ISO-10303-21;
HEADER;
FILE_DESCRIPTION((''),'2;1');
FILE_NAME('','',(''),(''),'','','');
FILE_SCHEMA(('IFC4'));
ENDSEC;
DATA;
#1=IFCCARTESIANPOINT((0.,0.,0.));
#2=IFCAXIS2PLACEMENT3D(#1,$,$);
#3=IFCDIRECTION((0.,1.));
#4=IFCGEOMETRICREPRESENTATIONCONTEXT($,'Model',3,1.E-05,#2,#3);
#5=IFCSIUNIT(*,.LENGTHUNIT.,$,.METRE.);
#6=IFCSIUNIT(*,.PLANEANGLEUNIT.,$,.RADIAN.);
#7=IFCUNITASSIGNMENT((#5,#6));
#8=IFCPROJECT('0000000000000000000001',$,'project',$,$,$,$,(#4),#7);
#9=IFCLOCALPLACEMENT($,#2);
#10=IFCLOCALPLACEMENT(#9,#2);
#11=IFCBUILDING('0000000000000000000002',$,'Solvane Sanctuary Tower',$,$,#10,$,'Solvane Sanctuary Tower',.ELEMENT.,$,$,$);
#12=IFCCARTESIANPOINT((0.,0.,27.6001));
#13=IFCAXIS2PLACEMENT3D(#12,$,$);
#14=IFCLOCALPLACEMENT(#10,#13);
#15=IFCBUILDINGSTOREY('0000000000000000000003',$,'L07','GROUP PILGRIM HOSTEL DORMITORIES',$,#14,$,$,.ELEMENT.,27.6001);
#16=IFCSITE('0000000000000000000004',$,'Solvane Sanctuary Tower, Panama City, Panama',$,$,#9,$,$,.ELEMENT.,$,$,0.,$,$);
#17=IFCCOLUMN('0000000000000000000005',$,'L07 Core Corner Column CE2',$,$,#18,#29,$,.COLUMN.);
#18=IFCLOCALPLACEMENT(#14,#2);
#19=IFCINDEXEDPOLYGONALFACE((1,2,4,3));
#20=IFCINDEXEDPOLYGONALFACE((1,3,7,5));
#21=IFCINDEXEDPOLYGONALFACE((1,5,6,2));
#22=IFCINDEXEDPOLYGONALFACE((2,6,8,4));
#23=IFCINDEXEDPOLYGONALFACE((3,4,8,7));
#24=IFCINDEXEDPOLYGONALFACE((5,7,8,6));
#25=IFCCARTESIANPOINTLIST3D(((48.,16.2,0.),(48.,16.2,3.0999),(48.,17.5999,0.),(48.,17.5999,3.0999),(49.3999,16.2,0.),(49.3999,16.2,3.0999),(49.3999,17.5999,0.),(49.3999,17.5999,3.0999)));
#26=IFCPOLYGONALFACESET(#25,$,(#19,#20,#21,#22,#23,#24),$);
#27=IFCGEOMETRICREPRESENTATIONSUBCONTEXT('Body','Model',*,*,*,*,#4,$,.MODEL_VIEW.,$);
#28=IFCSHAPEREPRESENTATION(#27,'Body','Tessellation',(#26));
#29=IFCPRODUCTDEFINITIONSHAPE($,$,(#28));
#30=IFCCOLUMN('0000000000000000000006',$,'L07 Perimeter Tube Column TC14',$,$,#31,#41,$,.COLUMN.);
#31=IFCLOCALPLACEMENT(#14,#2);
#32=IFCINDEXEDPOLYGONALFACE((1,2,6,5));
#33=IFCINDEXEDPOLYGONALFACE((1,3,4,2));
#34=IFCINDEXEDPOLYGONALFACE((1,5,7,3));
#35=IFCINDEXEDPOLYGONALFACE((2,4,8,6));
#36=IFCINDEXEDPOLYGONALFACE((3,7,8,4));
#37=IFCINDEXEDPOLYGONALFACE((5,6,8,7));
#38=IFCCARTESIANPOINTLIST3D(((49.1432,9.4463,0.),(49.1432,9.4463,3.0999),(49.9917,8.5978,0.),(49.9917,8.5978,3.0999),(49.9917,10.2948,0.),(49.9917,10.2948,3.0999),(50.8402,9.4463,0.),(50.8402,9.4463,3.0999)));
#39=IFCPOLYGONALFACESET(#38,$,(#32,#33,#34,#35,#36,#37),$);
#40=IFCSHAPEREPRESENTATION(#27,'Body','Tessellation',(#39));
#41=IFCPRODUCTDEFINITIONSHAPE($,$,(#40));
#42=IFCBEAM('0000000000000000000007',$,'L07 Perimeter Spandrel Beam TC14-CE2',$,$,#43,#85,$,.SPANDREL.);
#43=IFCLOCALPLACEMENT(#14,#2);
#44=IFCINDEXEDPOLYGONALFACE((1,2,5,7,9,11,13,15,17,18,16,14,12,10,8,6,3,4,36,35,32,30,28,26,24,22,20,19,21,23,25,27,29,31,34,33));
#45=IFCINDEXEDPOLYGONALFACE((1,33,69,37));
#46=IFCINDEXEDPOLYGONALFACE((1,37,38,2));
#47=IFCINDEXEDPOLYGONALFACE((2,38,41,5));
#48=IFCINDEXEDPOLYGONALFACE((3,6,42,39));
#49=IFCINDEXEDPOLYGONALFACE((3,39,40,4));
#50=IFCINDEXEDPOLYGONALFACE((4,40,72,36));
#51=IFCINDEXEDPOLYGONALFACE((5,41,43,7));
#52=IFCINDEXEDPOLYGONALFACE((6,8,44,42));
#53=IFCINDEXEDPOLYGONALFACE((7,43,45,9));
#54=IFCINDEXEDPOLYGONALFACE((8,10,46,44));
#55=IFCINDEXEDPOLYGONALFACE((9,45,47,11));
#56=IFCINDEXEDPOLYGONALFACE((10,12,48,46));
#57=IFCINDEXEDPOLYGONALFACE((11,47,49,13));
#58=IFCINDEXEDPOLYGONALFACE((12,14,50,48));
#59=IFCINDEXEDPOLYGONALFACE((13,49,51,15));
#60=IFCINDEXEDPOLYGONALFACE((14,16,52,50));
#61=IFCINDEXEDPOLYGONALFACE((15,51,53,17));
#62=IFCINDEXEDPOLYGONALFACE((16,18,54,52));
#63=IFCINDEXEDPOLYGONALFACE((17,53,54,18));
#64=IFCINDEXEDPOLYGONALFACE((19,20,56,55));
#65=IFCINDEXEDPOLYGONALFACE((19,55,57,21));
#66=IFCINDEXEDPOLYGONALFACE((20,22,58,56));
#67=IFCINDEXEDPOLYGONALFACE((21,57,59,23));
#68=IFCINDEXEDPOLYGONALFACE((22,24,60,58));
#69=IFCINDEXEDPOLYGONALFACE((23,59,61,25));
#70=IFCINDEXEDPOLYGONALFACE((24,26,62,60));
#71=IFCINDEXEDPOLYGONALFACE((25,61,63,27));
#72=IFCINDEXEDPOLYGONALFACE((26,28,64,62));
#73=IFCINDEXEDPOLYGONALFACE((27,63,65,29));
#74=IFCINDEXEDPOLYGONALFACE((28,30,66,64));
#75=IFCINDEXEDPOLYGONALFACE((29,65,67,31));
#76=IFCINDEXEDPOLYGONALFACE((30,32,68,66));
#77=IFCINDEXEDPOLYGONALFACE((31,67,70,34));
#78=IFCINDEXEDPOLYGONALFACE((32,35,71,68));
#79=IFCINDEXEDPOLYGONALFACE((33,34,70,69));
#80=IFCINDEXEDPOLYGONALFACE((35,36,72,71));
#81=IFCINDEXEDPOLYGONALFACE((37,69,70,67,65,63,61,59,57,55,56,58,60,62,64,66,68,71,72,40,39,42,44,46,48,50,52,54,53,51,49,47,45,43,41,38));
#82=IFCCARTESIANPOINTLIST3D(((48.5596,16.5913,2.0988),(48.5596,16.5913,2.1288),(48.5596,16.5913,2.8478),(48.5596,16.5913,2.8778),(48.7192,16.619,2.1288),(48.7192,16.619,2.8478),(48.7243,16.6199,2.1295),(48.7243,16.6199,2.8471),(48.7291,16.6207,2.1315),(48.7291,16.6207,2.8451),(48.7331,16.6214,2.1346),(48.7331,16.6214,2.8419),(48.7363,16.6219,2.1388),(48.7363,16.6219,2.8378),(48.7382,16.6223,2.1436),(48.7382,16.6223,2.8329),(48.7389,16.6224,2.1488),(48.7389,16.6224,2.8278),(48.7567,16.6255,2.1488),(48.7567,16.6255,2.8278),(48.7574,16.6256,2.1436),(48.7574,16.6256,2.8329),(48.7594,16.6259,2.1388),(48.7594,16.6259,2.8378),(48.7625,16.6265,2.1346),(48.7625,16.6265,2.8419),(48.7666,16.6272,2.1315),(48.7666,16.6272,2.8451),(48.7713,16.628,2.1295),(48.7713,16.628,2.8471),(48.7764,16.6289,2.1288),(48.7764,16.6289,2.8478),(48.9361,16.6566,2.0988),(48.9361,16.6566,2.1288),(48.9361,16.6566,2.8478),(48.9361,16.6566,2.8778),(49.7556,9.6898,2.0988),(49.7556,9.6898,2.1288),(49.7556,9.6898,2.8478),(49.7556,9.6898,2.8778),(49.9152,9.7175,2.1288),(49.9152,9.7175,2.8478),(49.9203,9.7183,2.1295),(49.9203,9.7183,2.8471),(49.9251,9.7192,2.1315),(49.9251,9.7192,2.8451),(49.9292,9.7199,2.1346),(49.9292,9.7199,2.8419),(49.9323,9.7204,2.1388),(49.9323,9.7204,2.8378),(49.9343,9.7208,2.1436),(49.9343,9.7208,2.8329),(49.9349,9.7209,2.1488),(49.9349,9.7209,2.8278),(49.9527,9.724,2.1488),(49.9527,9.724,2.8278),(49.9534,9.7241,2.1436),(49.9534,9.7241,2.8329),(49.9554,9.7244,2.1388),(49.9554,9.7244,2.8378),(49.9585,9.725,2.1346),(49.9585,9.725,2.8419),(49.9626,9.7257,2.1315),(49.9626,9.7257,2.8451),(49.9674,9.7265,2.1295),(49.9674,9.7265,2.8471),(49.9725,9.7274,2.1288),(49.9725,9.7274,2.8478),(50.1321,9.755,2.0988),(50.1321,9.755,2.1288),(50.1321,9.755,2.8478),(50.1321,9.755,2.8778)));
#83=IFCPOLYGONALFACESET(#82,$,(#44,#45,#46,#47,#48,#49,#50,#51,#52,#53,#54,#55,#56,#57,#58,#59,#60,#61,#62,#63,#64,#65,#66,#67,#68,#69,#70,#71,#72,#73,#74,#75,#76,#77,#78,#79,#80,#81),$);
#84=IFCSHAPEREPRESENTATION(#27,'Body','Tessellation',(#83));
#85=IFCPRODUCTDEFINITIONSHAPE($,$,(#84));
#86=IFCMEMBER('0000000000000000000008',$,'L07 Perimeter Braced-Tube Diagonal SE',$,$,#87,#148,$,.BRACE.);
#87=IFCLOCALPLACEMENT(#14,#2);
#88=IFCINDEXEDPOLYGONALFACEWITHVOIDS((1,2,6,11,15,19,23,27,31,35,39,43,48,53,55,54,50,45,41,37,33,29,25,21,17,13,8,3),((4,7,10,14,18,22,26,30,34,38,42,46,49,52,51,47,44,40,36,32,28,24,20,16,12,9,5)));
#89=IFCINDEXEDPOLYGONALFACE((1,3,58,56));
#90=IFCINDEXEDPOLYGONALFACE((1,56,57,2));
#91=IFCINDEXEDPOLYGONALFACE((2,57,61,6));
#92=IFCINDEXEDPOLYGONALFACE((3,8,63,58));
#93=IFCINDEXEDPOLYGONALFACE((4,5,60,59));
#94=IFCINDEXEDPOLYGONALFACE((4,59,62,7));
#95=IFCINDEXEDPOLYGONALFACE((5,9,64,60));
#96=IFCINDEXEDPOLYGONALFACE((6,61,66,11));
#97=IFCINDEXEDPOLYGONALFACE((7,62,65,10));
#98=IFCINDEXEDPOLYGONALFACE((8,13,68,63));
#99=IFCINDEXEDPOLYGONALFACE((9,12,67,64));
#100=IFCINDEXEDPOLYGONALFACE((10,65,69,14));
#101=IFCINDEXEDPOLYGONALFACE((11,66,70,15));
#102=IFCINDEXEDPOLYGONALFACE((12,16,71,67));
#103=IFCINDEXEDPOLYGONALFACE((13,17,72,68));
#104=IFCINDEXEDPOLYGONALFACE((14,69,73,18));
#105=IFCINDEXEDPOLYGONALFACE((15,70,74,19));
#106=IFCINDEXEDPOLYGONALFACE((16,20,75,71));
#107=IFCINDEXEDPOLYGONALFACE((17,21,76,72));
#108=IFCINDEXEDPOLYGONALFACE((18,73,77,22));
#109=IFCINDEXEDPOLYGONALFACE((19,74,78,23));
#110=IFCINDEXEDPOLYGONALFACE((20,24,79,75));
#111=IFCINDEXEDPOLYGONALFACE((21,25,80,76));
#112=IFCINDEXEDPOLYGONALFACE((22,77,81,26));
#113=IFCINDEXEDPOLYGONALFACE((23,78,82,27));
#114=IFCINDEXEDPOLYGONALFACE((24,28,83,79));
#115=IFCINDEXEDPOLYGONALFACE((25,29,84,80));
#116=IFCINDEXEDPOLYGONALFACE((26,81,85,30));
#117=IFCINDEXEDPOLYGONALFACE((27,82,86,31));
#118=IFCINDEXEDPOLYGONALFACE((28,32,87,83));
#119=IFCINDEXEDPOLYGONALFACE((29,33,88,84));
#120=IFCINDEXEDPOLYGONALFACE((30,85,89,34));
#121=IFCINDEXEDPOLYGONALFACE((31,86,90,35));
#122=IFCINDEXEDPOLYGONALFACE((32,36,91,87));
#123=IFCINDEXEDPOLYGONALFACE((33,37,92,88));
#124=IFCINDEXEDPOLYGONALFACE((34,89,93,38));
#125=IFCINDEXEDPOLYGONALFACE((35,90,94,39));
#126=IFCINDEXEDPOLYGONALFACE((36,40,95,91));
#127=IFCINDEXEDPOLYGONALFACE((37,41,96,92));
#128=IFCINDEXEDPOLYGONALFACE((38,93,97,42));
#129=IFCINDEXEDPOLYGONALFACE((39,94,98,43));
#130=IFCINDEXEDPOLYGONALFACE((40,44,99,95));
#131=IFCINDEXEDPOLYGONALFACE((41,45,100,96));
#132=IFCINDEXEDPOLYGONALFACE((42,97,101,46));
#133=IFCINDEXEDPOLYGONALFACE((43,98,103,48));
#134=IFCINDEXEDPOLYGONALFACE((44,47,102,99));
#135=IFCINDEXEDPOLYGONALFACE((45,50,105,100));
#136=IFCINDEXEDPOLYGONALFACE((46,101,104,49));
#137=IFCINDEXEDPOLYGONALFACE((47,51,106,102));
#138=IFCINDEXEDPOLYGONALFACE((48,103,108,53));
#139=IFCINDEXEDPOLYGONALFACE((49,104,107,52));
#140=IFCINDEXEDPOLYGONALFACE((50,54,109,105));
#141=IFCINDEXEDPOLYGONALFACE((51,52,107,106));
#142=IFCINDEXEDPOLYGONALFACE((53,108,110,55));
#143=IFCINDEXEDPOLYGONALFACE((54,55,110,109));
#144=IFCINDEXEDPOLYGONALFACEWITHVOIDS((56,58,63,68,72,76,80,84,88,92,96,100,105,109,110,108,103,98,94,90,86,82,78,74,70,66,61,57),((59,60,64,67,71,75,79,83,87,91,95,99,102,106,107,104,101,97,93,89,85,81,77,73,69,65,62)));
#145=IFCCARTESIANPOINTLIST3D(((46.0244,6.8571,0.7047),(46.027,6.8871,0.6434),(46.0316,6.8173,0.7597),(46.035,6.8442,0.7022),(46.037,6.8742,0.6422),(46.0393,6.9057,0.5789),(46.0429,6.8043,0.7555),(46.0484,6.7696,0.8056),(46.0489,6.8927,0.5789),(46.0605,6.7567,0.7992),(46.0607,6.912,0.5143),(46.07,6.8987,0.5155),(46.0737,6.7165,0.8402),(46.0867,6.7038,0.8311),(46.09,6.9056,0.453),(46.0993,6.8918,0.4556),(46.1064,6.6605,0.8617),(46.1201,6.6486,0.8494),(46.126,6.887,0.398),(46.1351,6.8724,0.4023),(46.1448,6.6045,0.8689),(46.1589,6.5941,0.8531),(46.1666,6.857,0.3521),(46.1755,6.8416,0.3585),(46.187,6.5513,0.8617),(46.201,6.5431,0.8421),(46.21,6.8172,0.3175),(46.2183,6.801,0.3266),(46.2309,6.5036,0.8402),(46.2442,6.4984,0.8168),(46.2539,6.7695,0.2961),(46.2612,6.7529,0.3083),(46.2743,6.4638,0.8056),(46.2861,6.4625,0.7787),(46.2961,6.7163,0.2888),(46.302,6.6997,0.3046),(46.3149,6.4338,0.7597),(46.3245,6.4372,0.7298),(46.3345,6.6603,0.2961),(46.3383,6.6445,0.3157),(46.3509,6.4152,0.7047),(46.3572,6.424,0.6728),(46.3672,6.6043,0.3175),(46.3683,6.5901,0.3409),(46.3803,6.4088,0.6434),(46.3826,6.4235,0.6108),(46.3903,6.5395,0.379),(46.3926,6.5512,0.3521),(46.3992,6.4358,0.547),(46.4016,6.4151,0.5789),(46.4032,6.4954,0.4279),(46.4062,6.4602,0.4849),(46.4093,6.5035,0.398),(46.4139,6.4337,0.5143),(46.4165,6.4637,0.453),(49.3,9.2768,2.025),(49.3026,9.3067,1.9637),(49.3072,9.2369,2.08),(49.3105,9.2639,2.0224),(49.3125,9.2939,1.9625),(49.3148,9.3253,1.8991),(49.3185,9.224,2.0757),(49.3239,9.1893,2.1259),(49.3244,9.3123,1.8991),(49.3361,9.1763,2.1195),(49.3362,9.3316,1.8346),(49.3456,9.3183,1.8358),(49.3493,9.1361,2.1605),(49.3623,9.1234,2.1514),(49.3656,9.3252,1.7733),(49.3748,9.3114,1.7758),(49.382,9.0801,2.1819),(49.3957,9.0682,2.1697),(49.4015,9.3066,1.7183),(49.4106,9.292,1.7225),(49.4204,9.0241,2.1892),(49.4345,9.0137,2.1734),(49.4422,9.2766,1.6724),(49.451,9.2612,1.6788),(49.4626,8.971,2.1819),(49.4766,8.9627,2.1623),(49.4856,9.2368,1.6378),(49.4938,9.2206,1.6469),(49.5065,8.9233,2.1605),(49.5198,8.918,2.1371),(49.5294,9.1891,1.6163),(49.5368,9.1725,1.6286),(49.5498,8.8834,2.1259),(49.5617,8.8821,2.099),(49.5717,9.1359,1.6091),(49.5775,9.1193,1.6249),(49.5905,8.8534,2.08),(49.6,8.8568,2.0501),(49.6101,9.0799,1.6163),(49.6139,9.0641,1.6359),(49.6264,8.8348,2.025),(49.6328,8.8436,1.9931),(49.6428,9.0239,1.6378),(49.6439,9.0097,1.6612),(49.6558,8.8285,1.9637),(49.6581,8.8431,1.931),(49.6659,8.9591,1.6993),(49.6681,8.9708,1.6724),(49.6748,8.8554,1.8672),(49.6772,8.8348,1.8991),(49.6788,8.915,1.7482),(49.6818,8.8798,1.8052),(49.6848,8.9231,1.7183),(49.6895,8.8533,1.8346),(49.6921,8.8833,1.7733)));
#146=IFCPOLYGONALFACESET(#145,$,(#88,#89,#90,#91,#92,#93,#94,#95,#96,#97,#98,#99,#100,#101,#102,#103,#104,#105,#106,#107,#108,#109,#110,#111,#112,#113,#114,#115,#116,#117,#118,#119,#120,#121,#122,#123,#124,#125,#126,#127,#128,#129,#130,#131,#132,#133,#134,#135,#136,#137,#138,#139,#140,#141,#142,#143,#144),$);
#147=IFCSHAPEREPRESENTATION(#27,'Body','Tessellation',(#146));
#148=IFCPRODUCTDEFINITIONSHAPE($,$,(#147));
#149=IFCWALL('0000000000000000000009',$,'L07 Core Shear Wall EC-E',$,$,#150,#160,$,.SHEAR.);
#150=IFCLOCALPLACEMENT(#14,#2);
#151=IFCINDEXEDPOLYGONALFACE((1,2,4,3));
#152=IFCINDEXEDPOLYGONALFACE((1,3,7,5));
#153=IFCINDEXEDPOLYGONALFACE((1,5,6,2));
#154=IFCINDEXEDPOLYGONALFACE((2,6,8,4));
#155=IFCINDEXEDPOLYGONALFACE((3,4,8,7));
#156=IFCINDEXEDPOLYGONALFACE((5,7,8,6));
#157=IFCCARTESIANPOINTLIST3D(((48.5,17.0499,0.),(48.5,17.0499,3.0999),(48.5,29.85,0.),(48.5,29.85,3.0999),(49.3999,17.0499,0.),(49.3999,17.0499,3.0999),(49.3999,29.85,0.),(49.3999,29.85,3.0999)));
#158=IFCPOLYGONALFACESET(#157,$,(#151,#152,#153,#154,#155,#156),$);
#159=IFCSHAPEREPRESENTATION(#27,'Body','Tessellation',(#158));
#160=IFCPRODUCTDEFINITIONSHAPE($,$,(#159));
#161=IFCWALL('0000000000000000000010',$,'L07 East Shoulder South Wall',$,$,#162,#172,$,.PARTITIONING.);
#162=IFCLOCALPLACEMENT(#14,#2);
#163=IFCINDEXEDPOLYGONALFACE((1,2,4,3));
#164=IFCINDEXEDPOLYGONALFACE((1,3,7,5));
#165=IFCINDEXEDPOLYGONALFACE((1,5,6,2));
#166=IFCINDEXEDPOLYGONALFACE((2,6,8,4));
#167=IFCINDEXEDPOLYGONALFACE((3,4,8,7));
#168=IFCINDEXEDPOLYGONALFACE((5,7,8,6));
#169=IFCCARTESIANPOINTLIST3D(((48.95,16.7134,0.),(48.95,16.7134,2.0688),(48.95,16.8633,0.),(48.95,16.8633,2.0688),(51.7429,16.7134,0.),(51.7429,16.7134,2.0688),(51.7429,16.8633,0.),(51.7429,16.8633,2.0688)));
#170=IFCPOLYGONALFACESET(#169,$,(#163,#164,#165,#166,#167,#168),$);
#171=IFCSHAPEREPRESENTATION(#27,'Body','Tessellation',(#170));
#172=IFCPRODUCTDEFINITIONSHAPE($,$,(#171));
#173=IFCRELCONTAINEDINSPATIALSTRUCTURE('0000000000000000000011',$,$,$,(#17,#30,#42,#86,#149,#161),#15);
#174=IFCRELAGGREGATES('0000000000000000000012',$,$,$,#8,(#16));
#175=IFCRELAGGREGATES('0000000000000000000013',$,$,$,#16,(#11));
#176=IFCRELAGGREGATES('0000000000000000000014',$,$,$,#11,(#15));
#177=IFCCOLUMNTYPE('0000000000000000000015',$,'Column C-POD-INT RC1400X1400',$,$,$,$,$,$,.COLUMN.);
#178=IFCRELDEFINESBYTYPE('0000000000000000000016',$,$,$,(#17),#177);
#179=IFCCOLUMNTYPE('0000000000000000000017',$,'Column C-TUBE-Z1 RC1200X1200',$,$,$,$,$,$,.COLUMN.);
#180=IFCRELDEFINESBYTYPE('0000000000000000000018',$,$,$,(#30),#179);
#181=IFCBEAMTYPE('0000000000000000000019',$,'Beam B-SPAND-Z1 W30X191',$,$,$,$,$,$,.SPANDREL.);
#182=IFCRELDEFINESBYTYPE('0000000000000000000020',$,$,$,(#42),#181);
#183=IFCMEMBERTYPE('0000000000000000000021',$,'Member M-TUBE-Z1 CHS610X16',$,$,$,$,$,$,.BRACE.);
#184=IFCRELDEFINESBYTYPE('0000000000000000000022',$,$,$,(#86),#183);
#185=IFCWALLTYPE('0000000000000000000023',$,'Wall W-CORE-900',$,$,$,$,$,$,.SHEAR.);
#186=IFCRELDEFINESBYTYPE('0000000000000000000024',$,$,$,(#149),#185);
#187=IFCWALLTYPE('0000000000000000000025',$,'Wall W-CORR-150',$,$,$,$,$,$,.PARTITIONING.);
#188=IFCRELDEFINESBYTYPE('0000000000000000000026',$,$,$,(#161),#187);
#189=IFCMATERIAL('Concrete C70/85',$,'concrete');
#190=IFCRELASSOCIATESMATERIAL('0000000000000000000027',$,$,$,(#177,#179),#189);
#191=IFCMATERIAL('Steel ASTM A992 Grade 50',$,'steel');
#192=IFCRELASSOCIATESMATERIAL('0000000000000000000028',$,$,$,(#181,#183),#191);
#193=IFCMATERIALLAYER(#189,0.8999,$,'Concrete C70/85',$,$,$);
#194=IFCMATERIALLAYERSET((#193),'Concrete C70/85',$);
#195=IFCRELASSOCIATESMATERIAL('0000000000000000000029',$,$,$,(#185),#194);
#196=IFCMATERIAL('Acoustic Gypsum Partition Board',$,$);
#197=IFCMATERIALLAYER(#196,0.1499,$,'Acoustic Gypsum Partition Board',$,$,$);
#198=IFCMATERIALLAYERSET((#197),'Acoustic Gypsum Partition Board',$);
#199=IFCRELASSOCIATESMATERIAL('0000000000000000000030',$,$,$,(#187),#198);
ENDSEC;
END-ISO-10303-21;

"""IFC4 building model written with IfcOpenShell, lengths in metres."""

from ifc_helpers import new_model, si_unit, direction, frame, frame_2d, origin, origin_2d, place, context, subcontext, project, spatial, rectangle, hollow_circle, i_section, extrude, material, layer, layer_set, material_profile, profile_set, type_object, element, save


model = new_model("IFC4")

# Units and contexts
model_context = context("Model", 3, precision=1e-05, world=origin(), true_north=direction((0.0, 1.0)))
body_context = subcontext(model_context, "Body", "Model", "MODEL_VIEW")
ifc_project = project(units=[si_unit("LENGTHUNIT", "METRE"), si_unit("PLANEANGLEUNIT", "RADIAN")], contexts=[model_context])

# Site, building, storey
site_placement = place(None, origin())
site = spatial("IfcSite", under=ifc_project, at=site_placement, Name="Solvane Sanctuary Tower, Panama City, Panama", CompositionType="ELEMENT", RefElevation=0.0)
building_placement = place(site_placement, origin())
building = spatial("IfcBuilding", under=site, at=building_placement, Name="Solvane Sanctuary Tower", LongName="Solvane Sanctuary Tower", CompositionType="ELEMENT")
storey_placement = place(building_placement, frame((0.0, 0.0, 27.6001)))
storey = spatial("IfcBuildingStorey", under=building, at=storey_placement, Name="L07", Description="GROUP PILGRIM HOSTEL DORMITORIES", CompositionType="ELEMENT", Elevation=27.6001)

# Columns
ifc_material_1 = material(Name="Concrete C70/85", Category="concrete")
ifc_material_profile_1 = material_profile(ifc_material_1, rectangle(XDim=1.3999, YDim=1.3999, at=origin_2d()), Name="RC1400X1400")
ifc_profile_set_1 = profile_set([ifc_material_profile_1], Name="Concrete C70/85")
column_type_1 = type_object("IfcColumnType", Name="Column C-POD-INT RC1400X1400", PredefinedType="COLUMN", material=ifc_profile_set_1)
column_1_placement = place(storey_placement, frame((48.7, 16.8999, 0.0), z_axis=(0.0, 0.0, 1.0), x_axis=(1.0, 0.0, 0.0)))
element("IfcColumn", 1, at=column_1_placement, inside=storey, type_object=column_type_1, Name="L07 Core Corner Column CE2", PredefinedType="COLUMN", context=body_context, shape_type="SweptSolid", body=[
    extrude(rectangle(XDim=1.3999, YDim=1.3999, at=origin_2d()), origin(), (0.0, 0.0, 1.0), 3.0999),
])
ifc_material_profile_2 = material_profile(ifc_material_1, rectangle(XDim=1.2, YDim=1.2, at=origin_2d()), Name="RC1200X1200")
ifc_profile_set_2 = profile_set([ifc_material_profile_2], Name="Concrete C70/85")
column_type_2 = type_object("IfcColumnType", Name="Column C-TUBE-Z1 RC1200X1200", PredefinedType="COLUMN", material=ifc_profile_set_2)
column_2_placement = place(storey_placement, frame((49.9917, 9.4463, 0.0), z_axis=(0.0, 0.0, 1.0), x_axis=(0.707107, -0.707107, 0.0)))
element("IfcColumn", 2, at=column_2_placement, inside=storey, type_object=column_type_2, Name="L07 Perimeter Tube Column TC14", PredefinedType="COLUMN", context=body_context, shape_type="SweptSolid", body=[
    extrude(rectangle(XDim=1.2, YDim=1.2, at=origin_2d()), origin(), (0.0, 0.0, 1.0), 3.0999),
])

# Beam
ifc_material_2 = material(Name="Steel ASTM A992 Grade 50", Category="steel")
ifc_material_profile_3 = material_profile(ifc_material_2, i_section(OverallWidth=0.3821, OverallDepth=0.7791, WebThickness=0.0181, FlangeThickness=0.03, FilletRadius=0.02, at=origin_2d()), Name="W30X191")
ifc_profile_set_3 = profile_set([ifc_material_profile_3], Name="Steel ASTM A992 Grade 50")
beam_type = type_object("IfcBeamType", Name="Beam B-SPAND-Z1 W30X191", PredefinedType="SPANDREL", material=ifc_profile_set_3)
beam_placement = place(storey_placement, frame((49.9438, 9.7224, 2.4883), z_axis=(-0.170754, 0.985314, 0.0), x_axis=(-0.985314, -0.170754, 0.0)))
element("IfcBeam", 3, at=beam_placement, inside=storey, type_object=beam_type, Name="L07 Perimeter Spandrel Beam TC14-CE2", PredefinedType="SPANDREL", context=body_context, shape_type="SweptSolid", body=[
    extrude(i_section(OverallWidth=0.3821, OverallDepth=0.7791, WebThickness=0.0181, FlangeThickness=0.03, FilletRadius=0.02, at=origin_2d()), origin(), (0.0, 0.0, 1.0), 7.0044),
])

# Member
ifc_material_profile_4 = material_profile(ifc_material_2, hollow_circle(Radius=0.3049, WallThickness=0.0161, at=origin_2d()), Name="CHS610X16")
ifc_profile_set_4 = profile_set([ifc_material_profile_4], Name="Steel ASTM A992 Grade 50")
member_type = type_object("IfcMemberType", Name="Member M-TUBE-Z1 CHS610X16", PredefinedType="BRACE", material=ifc_profile_set_4)
member_placement = place(storey_placement, frame((46.2205, 6.6604, 0.5789), z_axis=(0.765138, 0.5652, 0.308405), x_axis=(-0.594162, 0.804346, 0.0)))
element("IfcMember", 4, at=member_placement, inside=storey, type_object=member_type, Name="L07 Perimeter Braced-Tube Diagonal SE", PredefinedType="BRACE", context=body_context, shape_type="SweptSolid", body=[
    extrude(hollow_circle(Radius=0.3049, WallThickness=0.0161, at=origin_2d()), origin(), (0.0, 0.0, 1.0), 4.281),
])

# Walls
ifc_layer_1 = layer(ifc_material_1, 0.8999, Name="Concrete C70/85")
ifc_layer_set_1 = layer_set([ifc_layer_1], Name="Concrete C70/85")
wall_type_1 = type_object("IfcWallType", Name="Wall W-CORE-900", PredefinedType="SHEAR", material=ifc_layer_set_1)
wall_1_placement = place(storey_placement, frame((48.95, 17.05, 0.0), z_axis=(0.0, 0.0, 1.0), x_axis=(0.0, 1.0, 0.0)))
element("IfcWall", 5, at=wall_1_placement, inside=storey, type_object=wall_type_1, Name="L07 Core Shear Wall EC-E", PredefinedType="SHEAR", context=body_context, shape_type="SweptSolid", body=[
    extrude(rectangle(XDim=12.8, YDim=0.8999, at=frame_2d((6.3999, 0.0))), origin(), (0.0, 0.0, 1.0), 3.0999),
])
ifc_material_3 = material(Name="Acoustic Gypsum Partition Board")
ifc_layer_2 = layer(ifc_material_3, 0.1499, Name="Acoustic Gypsum Partition Board")
ifc_layer_set_2 = layer_set([ifc_layer_2], Name="Acoustic Gypsum Partition Board")
wall_type_2 = type_object("IfcWallType", Name="Wall W-CORR-150", PredefinedType="PARTITIONING", material=ifc_layer_set_2)
wall_2_placement = place(storey_placement, frame((48.95, 16.7883, 0.0), z_axis=(0.0, 0.0, 1.0), x_axis=(1.0, 0.0, 0.0)))
element("IfcWall", 6, at=wall_2_placement, inside=storey, type_object=wall_type_2, Name="L07 East Shoulder South Wall", PredefinedType="PARTITIONING", context=body_context, shape_type="SweptSolid", body=[
    extrude(rectangle(XDim=2.793, YDim=0.1499, at=frame_2d((1.3965, 0.0))), origin(), (0.0, 0.0, 1.0), 2.0688),
])

save(model, "model.ifc")
